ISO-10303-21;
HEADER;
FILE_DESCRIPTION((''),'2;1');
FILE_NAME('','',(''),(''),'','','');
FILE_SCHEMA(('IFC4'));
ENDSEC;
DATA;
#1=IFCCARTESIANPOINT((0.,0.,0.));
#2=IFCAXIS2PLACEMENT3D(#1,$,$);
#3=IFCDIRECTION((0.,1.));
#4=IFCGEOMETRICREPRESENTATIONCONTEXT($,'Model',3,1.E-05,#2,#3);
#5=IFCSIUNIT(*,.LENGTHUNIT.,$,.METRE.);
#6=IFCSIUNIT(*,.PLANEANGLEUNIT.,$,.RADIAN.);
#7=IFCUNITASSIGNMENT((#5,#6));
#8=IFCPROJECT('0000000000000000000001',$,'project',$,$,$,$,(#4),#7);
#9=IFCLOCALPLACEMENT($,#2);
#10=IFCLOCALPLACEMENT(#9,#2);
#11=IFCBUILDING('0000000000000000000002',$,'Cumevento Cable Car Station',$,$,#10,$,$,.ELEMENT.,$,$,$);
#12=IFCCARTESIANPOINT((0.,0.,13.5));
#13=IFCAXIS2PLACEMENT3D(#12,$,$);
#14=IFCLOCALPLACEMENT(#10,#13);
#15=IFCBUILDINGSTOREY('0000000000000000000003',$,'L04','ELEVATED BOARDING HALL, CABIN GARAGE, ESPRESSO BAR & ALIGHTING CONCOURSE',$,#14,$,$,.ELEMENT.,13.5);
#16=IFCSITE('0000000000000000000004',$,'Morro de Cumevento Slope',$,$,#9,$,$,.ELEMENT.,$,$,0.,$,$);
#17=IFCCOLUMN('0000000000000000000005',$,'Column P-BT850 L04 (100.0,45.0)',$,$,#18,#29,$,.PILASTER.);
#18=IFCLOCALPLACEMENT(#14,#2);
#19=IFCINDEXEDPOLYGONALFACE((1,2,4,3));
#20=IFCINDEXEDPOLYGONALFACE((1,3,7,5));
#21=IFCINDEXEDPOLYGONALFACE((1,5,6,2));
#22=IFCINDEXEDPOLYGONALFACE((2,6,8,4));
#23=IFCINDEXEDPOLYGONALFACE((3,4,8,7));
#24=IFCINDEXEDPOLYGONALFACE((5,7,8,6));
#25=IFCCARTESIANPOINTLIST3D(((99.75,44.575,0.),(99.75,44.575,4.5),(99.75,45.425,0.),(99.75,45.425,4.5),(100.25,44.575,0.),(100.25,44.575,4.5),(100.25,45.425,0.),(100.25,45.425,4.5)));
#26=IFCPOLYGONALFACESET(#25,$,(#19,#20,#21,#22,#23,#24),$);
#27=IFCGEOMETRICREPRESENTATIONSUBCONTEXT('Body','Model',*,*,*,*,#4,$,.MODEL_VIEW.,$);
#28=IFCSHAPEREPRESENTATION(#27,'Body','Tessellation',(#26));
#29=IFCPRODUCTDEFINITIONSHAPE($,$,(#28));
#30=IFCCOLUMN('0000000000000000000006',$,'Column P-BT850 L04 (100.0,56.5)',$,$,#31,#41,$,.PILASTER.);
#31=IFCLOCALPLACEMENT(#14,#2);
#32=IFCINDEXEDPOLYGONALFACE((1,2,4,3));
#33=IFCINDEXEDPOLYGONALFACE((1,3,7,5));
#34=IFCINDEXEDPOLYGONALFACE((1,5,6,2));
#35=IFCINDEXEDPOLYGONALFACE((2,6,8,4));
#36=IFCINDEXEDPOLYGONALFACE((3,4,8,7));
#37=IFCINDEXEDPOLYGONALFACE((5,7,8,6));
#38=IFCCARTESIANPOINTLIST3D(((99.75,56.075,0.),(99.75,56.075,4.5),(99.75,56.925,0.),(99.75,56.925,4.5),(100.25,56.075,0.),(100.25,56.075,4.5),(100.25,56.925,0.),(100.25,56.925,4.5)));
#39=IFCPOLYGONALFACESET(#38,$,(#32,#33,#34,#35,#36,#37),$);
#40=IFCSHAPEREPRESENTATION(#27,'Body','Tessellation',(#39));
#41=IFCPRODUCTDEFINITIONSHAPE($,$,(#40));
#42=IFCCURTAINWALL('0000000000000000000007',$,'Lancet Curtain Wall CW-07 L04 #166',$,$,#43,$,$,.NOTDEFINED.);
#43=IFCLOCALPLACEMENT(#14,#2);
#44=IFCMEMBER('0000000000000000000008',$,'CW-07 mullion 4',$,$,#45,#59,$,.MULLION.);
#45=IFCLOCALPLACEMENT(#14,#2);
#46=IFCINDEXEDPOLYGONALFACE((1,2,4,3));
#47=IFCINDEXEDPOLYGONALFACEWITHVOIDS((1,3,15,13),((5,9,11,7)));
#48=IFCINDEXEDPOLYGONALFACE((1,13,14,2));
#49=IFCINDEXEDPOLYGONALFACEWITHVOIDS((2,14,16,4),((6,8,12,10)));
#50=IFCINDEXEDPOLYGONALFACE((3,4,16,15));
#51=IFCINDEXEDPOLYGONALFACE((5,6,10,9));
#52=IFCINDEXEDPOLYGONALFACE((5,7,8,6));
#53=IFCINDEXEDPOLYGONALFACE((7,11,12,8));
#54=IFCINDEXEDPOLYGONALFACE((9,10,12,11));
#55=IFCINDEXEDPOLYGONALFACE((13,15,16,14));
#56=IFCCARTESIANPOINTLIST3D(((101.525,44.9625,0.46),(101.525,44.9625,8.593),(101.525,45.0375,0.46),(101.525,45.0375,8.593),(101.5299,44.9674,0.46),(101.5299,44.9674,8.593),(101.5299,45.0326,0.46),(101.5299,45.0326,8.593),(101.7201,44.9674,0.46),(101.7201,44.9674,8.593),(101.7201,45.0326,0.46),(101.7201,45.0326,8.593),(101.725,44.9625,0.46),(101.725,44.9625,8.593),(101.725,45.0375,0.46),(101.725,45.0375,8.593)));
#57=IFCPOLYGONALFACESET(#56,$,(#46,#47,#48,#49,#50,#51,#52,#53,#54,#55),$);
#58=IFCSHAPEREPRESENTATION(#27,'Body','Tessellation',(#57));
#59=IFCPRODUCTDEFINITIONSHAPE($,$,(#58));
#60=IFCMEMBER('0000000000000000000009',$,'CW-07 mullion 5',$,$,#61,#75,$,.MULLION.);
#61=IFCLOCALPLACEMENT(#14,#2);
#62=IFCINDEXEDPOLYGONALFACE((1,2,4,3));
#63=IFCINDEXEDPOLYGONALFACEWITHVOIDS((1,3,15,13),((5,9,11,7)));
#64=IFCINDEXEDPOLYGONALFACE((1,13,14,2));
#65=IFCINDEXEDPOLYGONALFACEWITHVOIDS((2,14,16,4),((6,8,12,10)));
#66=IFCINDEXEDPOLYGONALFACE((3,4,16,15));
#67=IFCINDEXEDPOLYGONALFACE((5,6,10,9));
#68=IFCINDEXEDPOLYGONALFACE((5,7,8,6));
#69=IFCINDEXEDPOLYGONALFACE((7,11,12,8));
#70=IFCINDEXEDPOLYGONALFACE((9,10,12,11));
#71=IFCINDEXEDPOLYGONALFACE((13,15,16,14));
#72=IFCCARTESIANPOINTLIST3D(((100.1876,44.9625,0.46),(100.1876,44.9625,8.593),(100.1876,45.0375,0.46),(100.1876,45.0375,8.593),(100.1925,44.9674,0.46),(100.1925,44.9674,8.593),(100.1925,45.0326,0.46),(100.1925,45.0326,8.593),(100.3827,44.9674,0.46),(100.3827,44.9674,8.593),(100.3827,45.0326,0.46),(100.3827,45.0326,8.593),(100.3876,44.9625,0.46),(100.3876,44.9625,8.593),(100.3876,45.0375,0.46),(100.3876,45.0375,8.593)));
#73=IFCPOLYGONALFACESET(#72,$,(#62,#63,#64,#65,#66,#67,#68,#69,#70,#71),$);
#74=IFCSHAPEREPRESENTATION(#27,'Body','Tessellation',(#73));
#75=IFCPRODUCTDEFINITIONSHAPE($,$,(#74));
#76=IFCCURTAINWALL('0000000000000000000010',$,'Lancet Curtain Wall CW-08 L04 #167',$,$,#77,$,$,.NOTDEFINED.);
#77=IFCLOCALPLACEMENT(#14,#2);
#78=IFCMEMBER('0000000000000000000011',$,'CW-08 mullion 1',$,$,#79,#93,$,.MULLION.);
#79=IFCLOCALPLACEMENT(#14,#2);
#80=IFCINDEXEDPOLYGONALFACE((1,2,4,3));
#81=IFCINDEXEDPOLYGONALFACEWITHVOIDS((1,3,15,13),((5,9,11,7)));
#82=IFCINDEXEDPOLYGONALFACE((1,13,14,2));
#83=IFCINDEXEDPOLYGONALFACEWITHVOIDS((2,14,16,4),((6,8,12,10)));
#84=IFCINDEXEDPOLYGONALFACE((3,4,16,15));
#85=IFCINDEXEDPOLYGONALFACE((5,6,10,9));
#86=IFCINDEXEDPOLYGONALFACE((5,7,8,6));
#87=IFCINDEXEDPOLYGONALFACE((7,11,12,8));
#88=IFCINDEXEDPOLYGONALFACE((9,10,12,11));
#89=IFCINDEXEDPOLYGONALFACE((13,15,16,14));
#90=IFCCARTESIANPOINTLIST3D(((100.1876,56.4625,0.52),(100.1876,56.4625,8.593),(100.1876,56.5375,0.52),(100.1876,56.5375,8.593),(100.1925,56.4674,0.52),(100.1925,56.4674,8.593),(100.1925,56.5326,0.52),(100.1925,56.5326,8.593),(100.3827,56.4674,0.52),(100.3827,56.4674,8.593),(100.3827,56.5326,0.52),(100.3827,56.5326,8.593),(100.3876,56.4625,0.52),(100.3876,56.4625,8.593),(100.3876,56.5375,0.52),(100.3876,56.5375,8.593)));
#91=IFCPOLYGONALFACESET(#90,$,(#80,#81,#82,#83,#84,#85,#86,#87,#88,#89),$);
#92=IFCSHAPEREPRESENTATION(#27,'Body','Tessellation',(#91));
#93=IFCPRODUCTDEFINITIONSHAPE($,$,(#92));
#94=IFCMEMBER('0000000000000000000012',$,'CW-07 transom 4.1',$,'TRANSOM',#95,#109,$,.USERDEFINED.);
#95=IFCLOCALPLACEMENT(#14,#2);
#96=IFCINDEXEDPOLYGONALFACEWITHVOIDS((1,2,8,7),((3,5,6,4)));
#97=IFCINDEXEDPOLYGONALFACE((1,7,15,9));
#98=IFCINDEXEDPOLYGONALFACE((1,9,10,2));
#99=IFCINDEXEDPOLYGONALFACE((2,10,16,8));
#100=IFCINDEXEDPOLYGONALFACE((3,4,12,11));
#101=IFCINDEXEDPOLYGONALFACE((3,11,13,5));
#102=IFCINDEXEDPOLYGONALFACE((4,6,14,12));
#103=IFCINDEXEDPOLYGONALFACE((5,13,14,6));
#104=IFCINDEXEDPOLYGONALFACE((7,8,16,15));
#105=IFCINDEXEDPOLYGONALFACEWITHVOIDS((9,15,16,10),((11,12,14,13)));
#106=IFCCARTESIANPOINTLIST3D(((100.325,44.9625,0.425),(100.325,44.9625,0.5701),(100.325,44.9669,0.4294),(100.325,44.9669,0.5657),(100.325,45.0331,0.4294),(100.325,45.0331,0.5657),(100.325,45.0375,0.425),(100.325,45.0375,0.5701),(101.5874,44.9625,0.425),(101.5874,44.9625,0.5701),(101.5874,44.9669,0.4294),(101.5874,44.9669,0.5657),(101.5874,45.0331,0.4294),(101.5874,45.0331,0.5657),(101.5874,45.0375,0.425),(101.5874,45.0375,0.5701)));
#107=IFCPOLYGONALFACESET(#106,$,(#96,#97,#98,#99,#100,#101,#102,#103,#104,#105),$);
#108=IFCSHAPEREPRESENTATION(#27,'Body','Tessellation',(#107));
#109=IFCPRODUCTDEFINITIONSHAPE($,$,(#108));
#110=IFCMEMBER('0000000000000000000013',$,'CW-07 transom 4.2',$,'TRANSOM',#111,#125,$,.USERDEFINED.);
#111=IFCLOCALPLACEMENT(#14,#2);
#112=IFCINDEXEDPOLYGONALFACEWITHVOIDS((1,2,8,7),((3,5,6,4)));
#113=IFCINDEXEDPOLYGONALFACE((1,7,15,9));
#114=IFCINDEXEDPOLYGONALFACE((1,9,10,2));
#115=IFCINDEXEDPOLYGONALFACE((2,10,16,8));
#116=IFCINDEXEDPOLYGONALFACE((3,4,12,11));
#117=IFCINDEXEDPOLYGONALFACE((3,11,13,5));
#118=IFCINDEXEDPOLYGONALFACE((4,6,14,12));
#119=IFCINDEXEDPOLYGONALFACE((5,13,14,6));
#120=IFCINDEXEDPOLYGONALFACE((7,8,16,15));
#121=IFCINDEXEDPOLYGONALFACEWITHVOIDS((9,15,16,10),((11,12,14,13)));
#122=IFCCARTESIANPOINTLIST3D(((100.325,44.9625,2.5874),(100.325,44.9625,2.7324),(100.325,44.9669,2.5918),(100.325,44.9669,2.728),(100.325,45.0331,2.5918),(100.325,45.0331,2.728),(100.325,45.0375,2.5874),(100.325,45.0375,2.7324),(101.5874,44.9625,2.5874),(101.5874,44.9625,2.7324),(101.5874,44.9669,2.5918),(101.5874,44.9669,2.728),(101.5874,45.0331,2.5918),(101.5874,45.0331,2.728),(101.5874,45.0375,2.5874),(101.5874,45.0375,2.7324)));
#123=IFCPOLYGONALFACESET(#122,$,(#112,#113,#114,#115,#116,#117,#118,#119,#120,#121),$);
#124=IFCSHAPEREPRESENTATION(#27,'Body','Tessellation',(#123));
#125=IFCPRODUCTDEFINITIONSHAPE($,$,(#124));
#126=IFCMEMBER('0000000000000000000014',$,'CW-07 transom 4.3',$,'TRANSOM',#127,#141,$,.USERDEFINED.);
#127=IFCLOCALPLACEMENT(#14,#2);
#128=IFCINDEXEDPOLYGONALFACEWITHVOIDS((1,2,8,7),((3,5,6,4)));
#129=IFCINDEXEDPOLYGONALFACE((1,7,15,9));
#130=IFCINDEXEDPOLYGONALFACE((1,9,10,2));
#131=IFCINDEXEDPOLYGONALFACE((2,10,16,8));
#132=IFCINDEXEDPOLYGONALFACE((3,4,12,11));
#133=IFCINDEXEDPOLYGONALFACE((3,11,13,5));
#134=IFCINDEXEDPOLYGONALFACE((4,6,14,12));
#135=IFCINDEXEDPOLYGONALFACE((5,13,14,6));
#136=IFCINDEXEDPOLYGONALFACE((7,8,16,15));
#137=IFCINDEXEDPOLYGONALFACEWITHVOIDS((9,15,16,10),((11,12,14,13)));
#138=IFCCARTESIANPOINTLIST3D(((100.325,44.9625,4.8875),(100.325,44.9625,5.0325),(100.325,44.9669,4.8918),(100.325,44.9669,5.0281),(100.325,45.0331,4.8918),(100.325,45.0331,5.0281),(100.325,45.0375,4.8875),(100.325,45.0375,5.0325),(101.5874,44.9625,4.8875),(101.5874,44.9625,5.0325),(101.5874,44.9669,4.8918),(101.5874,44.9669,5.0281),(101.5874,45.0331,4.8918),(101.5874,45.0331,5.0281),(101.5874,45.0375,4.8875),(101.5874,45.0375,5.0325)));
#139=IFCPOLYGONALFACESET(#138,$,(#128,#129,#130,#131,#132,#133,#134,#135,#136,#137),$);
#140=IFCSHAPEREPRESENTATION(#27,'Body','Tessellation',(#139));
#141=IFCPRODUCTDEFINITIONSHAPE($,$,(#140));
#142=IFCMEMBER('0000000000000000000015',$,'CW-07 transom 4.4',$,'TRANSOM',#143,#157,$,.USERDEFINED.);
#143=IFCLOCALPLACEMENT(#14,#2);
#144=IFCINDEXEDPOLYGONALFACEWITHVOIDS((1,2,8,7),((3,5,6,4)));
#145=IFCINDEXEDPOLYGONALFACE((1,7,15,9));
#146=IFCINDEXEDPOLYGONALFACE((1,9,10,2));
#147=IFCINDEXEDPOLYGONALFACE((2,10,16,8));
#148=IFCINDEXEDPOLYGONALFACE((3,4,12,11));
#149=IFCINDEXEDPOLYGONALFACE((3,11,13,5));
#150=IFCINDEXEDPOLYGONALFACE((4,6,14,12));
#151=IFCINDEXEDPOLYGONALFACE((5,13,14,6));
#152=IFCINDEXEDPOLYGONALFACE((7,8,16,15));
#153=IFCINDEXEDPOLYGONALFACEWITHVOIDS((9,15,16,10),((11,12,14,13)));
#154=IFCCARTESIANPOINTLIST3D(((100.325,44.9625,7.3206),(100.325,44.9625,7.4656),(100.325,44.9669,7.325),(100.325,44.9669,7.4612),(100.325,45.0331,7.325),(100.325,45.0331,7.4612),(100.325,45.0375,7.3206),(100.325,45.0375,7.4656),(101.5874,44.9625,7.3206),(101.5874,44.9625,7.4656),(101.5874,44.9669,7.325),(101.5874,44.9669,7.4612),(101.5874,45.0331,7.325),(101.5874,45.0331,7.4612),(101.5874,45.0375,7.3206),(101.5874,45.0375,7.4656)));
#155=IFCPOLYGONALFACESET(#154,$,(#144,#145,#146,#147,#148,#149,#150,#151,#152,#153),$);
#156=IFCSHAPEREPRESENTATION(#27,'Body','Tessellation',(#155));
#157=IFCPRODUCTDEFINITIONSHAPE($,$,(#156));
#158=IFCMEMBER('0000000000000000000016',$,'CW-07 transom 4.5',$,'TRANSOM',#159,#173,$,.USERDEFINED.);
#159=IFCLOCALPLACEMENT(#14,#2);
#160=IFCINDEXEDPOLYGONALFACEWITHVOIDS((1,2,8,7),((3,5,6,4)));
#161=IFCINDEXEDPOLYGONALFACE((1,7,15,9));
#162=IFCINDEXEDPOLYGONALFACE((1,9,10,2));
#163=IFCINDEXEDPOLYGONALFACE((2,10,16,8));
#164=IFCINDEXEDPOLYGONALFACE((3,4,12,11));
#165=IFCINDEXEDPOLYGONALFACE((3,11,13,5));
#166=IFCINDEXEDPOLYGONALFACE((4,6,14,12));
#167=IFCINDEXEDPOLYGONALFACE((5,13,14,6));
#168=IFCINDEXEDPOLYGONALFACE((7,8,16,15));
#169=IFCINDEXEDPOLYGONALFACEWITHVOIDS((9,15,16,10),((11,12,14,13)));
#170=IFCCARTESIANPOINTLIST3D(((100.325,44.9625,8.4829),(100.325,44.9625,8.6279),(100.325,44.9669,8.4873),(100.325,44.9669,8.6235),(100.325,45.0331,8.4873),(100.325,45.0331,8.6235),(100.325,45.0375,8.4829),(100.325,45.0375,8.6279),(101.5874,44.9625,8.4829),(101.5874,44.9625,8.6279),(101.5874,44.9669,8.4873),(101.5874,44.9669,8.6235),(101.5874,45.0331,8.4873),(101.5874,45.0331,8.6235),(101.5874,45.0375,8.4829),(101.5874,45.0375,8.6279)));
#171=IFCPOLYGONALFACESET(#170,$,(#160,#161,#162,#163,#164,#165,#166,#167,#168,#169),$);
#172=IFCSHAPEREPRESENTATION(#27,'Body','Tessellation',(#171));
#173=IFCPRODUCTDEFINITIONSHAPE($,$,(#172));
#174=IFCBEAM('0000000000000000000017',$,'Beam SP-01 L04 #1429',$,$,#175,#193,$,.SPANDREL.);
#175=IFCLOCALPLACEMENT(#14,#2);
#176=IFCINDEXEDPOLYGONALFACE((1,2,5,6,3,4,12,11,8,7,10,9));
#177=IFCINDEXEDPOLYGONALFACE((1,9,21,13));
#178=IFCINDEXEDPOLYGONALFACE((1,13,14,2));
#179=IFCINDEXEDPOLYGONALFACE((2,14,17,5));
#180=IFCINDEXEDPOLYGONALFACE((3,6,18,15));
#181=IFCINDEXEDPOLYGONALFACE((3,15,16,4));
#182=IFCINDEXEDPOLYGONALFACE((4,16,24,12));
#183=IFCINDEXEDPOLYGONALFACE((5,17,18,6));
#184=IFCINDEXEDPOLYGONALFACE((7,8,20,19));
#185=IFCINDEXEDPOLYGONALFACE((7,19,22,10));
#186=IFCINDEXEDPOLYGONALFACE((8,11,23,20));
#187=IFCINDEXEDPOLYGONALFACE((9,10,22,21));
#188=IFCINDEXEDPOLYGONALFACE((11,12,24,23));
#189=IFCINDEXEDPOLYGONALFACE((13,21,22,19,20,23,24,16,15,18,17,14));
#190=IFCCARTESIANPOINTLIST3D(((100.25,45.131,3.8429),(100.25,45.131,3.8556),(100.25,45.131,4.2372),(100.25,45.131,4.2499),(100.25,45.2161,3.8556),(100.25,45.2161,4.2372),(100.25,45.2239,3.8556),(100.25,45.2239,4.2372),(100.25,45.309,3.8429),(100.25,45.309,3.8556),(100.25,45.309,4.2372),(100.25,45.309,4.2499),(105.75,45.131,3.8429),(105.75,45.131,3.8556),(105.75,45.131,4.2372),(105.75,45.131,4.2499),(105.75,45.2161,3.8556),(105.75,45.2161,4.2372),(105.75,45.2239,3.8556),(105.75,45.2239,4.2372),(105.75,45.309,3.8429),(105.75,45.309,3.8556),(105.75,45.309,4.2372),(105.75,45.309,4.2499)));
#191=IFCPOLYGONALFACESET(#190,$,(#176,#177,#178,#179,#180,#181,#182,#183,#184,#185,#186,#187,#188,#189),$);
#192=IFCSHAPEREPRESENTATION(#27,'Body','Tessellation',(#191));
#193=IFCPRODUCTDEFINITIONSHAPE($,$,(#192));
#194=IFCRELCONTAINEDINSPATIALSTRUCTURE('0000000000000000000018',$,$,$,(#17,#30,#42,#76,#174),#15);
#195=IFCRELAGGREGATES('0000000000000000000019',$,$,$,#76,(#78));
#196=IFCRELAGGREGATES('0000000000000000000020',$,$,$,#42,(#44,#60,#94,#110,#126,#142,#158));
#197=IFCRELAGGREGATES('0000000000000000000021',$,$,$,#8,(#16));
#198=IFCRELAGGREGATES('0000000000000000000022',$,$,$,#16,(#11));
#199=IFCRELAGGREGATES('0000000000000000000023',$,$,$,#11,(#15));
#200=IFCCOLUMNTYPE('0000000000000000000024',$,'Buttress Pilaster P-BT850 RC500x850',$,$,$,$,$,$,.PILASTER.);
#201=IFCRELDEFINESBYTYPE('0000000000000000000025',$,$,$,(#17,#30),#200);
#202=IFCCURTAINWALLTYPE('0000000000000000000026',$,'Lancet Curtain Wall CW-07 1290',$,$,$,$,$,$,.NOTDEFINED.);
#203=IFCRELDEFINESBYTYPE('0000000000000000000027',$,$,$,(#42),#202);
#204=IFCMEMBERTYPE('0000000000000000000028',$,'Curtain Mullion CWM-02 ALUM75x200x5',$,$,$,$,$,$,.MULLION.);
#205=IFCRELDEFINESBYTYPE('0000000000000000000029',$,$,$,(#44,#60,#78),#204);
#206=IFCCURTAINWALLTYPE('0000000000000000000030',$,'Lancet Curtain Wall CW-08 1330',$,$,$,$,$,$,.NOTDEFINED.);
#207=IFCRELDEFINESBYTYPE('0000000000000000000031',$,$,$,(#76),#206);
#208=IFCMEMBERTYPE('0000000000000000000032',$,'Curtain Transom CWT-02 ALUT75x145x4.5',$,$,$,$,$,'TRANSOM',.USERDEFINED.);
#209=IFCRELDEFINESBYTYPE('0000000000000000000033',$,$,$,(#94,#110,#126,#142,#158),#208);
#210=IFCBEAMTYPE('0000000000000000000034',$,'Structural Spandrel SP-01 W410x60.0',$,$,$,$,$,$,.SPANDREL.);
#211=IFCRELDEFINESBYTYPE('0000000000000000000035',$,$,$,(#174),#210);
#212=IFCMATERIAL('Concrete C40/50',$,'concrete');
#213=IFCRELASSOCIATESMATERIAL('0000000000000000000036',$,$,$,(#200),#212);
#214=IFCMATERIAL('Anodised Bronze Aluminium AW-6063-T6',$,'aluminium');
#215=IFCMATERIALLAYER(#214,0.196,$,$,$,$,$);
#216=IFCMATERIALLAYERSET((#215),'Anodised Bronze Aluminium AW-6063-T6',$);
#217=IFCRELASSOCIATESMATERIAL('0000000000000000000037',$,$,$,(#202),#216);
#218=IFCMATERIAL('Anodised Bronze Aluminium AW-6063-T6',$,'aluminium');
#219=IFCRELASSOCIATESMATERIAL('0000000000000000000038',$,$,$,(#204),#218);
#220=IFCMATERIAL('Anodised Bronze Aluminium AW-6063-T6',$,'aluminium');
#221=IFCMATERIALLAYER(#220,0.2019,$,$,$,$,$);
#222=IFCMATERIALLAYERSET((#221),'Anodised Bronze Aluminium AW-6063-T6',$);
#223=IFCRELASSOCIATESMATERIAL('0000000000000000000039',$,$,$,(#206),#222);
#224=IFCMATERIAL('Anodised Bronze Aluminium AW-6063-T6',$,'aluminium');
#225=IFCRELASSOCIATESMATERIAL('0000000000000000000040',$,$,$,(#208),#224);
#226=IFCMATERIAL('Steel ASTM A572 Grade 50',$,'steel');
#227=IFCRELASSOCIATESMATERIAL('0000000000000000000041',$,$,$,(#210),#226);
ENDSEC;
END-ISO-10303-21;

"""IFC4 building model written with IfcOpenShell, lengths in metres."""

from ifc_helpers import new_model, si_unit, direction, frame, origin, origin_2d, place, context, subcontext, project, spatial, rectangle, hollow_rectangle, i_section, extrude, material, layer, layer_set, material_profile, profile_set, type_object, element, aggregate, save


model = new_model("IFC4")

# Units and contexts
model_context = context("Model", 3, precision=1e-05, world=origin(), true_north=direction((0.0, 1.0)))
body_context = subcontext(model_context, "Body", "Model", "MODEL_VIEW")
ifc_project = project(units=[si_unit("LENGTHUNIT", "METRE"), si_unit("PLANEANGLEUNIT", "RADIAN")], contexts=[model_context])

# Site, building, storey
site_placement = place(None, origin())
site = spatial("IfcSite", under=ifc_project, at=site_placement, Name="Morro de Cumevento Slope", CompositionType="ELEMENT", RefElevation=0.0)
building_placement = place(site_placement, origin())
building = spatial("IfcBuilding", under=site, at=building_placement, Name="Cumevento Cable Car Station", CompositionType="ELEMENT")
storey_placement = place(building_placement, frame((0.0, 0.0, 13.5)))
storey = spatial("IfcBuildingStorey", under=building, at=storey_placement, Name="L04", Description="ELEVATED BOARDING HALL, CABIN GARAGE, ESPRESSO BAR & ALIGHTING CONCOURSE", CompositionType="ELEMENT", Elevation=13.5)

# Columns
ifc_material_1 = material(Name="Concrete C40/50", Category="concrete")
ifc_material_profile_1 = material_profile(ifc_material_1, rectangle(XDim=0.5, YDim=0.8501, at=origin_2d()), Name="RC500x850")
ifc_profile_set_1 = profile_set([ifc_material_profile_1], Name="Concrete C40/50")
column_type = type_object("IfcColumnType", Name="Buttress Pilaster P-BT850 RC500x850", PredefinedType="PILASTER", material=ifc_profile_set_1)
for number, where, z_axis, x_axis, name in (
    (1, (100.0, 45.0, 0.0), (0.0, 0.0, 1.0), (1.0, 0.0, 0.0), "Column P-BT850 L04 (100.0,45.0)"),
    (2, (100.0, 56.5, 0.0), (0.0, 0.0, 1.0), (1.0, 0.0, 0.0), "Column P-BT850 L04 (100.0,56.5)"),
):
    element("IfcColumn", number, at=place(storey_placement, frame(where, z_axis=z_axis, x_axis=x_axis)), inside=storey, type_object=column_type, Name=name, PredefinedType="PILASTER", context=body_context, shape_type="SweptSolid", body=[
        extrude(rectangle(XDim=0.5, YDim=0.8501, at=origin_2d()), origin(), (0.0, 0.0, 1.0), 4.5),
    ])

# Curtain wall, members
ifc_material_2 = material(Name="Anodised Bronze Aluminium AW-6063-T6", Category="aluminium")
ifc_layer_1 = layer(ifc_material_2, 0.196)
ifc_layer_set_1 = layer_set([ifc_layer_1], Name="Anodised Bronze Aluminium AW-6063-T6")
curtain_wall_type_1 = type_object("IfcCurtainWallType", Name="Lancet Curtain Wall CW-07 1290", PredefinedType="NOTDEFINED", material=ifc_layer_set_1)
curtain_wall_1_placement = place(storey_placement, origin())
curtain_wall_1 = element("IfcCurtainWall", 3, at=curtain_wall_1_placement, inside=storey, type_object=curtain_wall_type_1, Name="Lancet Curtain Wall CW-07 L04 #166", PredefinedType="NOTDEFINED")
ifc_material_3 = material(Name="Anodised Bronze Aluminium AW-6063-T6", Category="aluminium")
ifc_material_profile_2 = material_profile(ifc_material_3, hollow_rectangle(XDim=0.075, YDim=0.2, WallThickness=0.0049, at=origin_2d()), Name="ALUM75x200x5")
ifc_profile_set_2 = profile_set([ifc_material_profile_2], Name="Anodised Bronze Aluminium AW-6063-T6")
member_type_1 = type_object("IfcMemberType", Name="Curtain Mullion CWM-02 ALUM75x200x5", PredefinedType="MULLION", material=ifc_profile_set_2)
member_1_placement = place(storey_placement, frame((101.625, 45.0, 0.46), z_axis=(0.0, 0.0, 1.0), x_axis=(0.0, -1.0, 0.0)))
member_1 = element("IfcMember", 4, at=member_1_placement, type_object=member_type_1, Name="CW-07 mullion 4", PredefinedType="MULLION", context=body_context, shape_type="SweptSolid", body=[
    extrude(hollow_rectangle(XDim=0.075, YDim=0.2, WallThickness=0.0049, at=origin_2d()), origin(), (0.0, 0.0, 1.0), 8.1331),
])
member_2_placement = place(storey_placement, frame((100.2876, 45.0, 0.46), z_axis=(0.0, 0.0, 1.0), x_axis=(0.0, -1.0, 0.0)))
member_2 = element("IfcMember", 5, at=member_2_placement, type_object=member_type_1, Name="CW-07 mullion 5", PredefinedType="MULLION", context=body_context, shape_type="SweptSolid", body=[
    extrude(hollow_rectangle(XDim=0.075, YDim=0.2, WallThickness=0.0049, at=origin_2d()), origin(), (0.0, 0.0, 1.0), 8.1331),
])

# Curtain wall, member
ifc_material_4 = material(Name="Anodised Bronze Aluminium AW-6063-T6", Category="aluminium")
ifc_layer_2 = layer(ifc_material_4, 0.2019)
ifc_layer_set_2 = layer_set([ifc_layer_2], Name="Anodised Bronze Aluminium AW-6063-T6")
curtain_wall_type_2 = type_object("IfcCurtainWallType", Name="Lancet Curtain Wall CW-08 1330", PredefinedType="NOTDEFINED", material=ifc_layer_set_2)
curtain_wall_2_placement = place(storey_placement, origin())
curtain_wall_2 = element("IfcCurtainWall", 6, at=curtain_wall_2_placement, inside=storey, type_object=curtain_wall_type_2, Name="Lancet Curtain Wall CW-08 L04 #167", PredefinedType="NOTDEFINED")
member_3_placement = place(storey_placement, frame((100.2876, 56.5, 0.52), z_axis=(0.0, 0.0, 1.0), x_axis=(0.0, 1.0, 0.0)))
member_3 = element("IfcMember", 7, at=member_3_placement, type_object=member_type_1, Name="CW-08 mullion 1", PredefinedType="MULLION", context=body_context, shape_type="SweptSolid", body=[
    extrude(hollow_rectangle(XDim=0.075, YDim=0.2, WallThickness=0.0049, at=origin_2d()), origin(), (0.0, 0.0, 1.0), 8.073),
])
aggregate(curtain_wall_2, [member_3])

# Members
ifc_material_5 = material(Name="Anodised Bronze Aluminium AW-6063-T6", Category="aluminium")
ifc_material_profile_3 = material_profile(ifc_material_5, hollow_rectangle(XDim=0.075, YDim=0.145, WallThickness=0.0044, at=origin_2d()), Name="ALUT75x145x4.5")
ifc_profile_set_3 = profile_set([ifc_material_profile_3], Name="Anodised Bronze Aluminium AW-6063-T6")
member_type_2 = type_object("IfcMemberType", Name="Curtain Transom CWT-02 ALUT75x145x4.5", ElementType="TRANSOM", PredefinedType="USERDEFINED", material=ifc_profile_set_3)
member_4_placement = place(storey_placement, frame((101.5874, 45.0, 0.4976), z_axis=(-1.0, 0.0, 0.0), x_axis=(0.0, -1.0, 0.0)))
member_4 = element("IfcMember", 8, at=member_4_placement, type_object=member_type_2, Name="CW-07 transom 4.1", ObjectType="TRANSOM", PredefinedType="USERDEFINED", context=body_context, shape_type="SweptSolid", body=[
    extrude(hollow_rectangle(XDim=0.075, YDim=0.145, WallThickness=0.0044, at=origin_2d()), origin(), (0.0, 0.0, 1.0), 1.2625),
])
member_5_placement = place(storey_placement, frame((101.5874, 45.0, 2.6599), z_axis=(-1.0, 0.0, 0.0), x_axis=(0.0, -1.0, 0.0)))
member_5 = element("IfcMember", 9, at=member_5_placement, type_object=member_type_2, Name="CW-07 transom 4.2", ObjectType="TRANSOM", PredefinedType="USERDEFINED", context=body_context, shape_type="SweptSolid", body=[
    extrude(hollow_rectangle(XDim=0.075, YDim=0.145, WallThickness=0.0044, at=origin_2d()), origin(), (0.0, 0.0, 1.0), 1.2625),
])
member_6_placement = place(storey_placement, frame((101.5874, 45.0, 4.96), z_axis=(-1.0, 0.0, 0.0), x_axis=(0.0, -1.0, 0.0)))
member_6 = element("IfcMember", 10, at=member_6_placement, type_object=member_type_2, Name="CW-07 transom 4.3", ObjectType="TRANSOM", PredefinedType="USERDEFINED", context=body_context, shape_type="SweptSolid", body=[
    extrude(hollow_rectangle(XDim=0.075, YDim=0.145, WallThickness=0.0044, at=origin_2d()), origin(), (0.0, 0.0, 1.0), 1.2625),
])
member_7_placement = place(storey_placement, frame((101.5874, 45.0, 7.3931), z_axis=(-1.0, 0.0, 0.0), x_axis=(0.0, -1.0, 0.0)))
member_7 = element("IfcMember", 11, at=member_7_placement, type_object=member_type_2, Name="CW-07 transom 4.4", ObjectType="TRANSOM", PredefinedType="USERDEFINED", context=body_context, shape_type="SweptSolid", body=[
    extrude(hollow_rectangle(XDim=0.075, YDim=0.145, WallThickness=0.0044, at=origin_2d()), origin(), (0.0, 0.0, 1.0), 1.2625),
])
member_8_placement = place(storey_placement, frame((101.5874, 45.0, 8.5554), z_axis=(-1.0, 0.0, 0.0), x_axis=(0.0, -1.0, 0.0)))
member_8 = element("IfcMember", 12, at=member_8_placement, type_object=member_type_2, Name="CW-07 transom 4.5", ObjectType="TRANSOM", PredefinedType="USERDEFINED", context=body_context, shape_type="SweptSolid", body=[
    extrude(hollow_rectangle(XDim=0.075, YDim=0.145, WallThickness=0.0044, at=origin_2d()), origin(), (0.0, 0.0, 1.0), 1.2625),
])

# Beam
ifc_material_6 = material(Name="Steel ASTM A572 Grade 50", Category="steel")
ifc_material_profile_4 = material_profile(ifc_material_6, i_section(OverallWidth=0.178, OverallDepth=0.407, WebThickness=0.0078, FlangeThickness=0.0127, at=origin_2d()), Name="W410x60.0")
ifc_profile_set_4 = profile_set([ifc_material_profile_4], Name="Steel ASTM A572 Grade 50")
beam_type = type_object("IfcBeamType", Name="Structural Spandrel SP-01 W410x60.0", PredefinedType="SPANDREL", material=ifc_profile_set_4)
for number, where, z_axis, x_axis, name in (
    (13, (100.25, 45.22, 4.0464), (1.0, 0.0, 0.0), (0.0, 1.0, 0.0), "Beam SP-01 L04 #1429"),
):
    element("IfcBeam", number, at=place(storey_placement, frame(where, z_axis=z_axis, x_axis=x_axis)), inside=storey, type_object=beam_type, Name=name, PredefinedType="SPANDREL", context=body_context, shape_type="SweptSolid", body=[
        extrude(i_section(OverallWidth=0.178, OverallDepth=0.407, WebThickness=0.0078, FlangeThickness=0.0127, at=origin_2d()), origin(), (0.0, 0.0, 1.0), 5.5),
    ])

aggregate(curtain_wall_1, [member_1, member_2, member_4, member_5, member_6, member_7, member_8])

save(model, "model.ifc")
